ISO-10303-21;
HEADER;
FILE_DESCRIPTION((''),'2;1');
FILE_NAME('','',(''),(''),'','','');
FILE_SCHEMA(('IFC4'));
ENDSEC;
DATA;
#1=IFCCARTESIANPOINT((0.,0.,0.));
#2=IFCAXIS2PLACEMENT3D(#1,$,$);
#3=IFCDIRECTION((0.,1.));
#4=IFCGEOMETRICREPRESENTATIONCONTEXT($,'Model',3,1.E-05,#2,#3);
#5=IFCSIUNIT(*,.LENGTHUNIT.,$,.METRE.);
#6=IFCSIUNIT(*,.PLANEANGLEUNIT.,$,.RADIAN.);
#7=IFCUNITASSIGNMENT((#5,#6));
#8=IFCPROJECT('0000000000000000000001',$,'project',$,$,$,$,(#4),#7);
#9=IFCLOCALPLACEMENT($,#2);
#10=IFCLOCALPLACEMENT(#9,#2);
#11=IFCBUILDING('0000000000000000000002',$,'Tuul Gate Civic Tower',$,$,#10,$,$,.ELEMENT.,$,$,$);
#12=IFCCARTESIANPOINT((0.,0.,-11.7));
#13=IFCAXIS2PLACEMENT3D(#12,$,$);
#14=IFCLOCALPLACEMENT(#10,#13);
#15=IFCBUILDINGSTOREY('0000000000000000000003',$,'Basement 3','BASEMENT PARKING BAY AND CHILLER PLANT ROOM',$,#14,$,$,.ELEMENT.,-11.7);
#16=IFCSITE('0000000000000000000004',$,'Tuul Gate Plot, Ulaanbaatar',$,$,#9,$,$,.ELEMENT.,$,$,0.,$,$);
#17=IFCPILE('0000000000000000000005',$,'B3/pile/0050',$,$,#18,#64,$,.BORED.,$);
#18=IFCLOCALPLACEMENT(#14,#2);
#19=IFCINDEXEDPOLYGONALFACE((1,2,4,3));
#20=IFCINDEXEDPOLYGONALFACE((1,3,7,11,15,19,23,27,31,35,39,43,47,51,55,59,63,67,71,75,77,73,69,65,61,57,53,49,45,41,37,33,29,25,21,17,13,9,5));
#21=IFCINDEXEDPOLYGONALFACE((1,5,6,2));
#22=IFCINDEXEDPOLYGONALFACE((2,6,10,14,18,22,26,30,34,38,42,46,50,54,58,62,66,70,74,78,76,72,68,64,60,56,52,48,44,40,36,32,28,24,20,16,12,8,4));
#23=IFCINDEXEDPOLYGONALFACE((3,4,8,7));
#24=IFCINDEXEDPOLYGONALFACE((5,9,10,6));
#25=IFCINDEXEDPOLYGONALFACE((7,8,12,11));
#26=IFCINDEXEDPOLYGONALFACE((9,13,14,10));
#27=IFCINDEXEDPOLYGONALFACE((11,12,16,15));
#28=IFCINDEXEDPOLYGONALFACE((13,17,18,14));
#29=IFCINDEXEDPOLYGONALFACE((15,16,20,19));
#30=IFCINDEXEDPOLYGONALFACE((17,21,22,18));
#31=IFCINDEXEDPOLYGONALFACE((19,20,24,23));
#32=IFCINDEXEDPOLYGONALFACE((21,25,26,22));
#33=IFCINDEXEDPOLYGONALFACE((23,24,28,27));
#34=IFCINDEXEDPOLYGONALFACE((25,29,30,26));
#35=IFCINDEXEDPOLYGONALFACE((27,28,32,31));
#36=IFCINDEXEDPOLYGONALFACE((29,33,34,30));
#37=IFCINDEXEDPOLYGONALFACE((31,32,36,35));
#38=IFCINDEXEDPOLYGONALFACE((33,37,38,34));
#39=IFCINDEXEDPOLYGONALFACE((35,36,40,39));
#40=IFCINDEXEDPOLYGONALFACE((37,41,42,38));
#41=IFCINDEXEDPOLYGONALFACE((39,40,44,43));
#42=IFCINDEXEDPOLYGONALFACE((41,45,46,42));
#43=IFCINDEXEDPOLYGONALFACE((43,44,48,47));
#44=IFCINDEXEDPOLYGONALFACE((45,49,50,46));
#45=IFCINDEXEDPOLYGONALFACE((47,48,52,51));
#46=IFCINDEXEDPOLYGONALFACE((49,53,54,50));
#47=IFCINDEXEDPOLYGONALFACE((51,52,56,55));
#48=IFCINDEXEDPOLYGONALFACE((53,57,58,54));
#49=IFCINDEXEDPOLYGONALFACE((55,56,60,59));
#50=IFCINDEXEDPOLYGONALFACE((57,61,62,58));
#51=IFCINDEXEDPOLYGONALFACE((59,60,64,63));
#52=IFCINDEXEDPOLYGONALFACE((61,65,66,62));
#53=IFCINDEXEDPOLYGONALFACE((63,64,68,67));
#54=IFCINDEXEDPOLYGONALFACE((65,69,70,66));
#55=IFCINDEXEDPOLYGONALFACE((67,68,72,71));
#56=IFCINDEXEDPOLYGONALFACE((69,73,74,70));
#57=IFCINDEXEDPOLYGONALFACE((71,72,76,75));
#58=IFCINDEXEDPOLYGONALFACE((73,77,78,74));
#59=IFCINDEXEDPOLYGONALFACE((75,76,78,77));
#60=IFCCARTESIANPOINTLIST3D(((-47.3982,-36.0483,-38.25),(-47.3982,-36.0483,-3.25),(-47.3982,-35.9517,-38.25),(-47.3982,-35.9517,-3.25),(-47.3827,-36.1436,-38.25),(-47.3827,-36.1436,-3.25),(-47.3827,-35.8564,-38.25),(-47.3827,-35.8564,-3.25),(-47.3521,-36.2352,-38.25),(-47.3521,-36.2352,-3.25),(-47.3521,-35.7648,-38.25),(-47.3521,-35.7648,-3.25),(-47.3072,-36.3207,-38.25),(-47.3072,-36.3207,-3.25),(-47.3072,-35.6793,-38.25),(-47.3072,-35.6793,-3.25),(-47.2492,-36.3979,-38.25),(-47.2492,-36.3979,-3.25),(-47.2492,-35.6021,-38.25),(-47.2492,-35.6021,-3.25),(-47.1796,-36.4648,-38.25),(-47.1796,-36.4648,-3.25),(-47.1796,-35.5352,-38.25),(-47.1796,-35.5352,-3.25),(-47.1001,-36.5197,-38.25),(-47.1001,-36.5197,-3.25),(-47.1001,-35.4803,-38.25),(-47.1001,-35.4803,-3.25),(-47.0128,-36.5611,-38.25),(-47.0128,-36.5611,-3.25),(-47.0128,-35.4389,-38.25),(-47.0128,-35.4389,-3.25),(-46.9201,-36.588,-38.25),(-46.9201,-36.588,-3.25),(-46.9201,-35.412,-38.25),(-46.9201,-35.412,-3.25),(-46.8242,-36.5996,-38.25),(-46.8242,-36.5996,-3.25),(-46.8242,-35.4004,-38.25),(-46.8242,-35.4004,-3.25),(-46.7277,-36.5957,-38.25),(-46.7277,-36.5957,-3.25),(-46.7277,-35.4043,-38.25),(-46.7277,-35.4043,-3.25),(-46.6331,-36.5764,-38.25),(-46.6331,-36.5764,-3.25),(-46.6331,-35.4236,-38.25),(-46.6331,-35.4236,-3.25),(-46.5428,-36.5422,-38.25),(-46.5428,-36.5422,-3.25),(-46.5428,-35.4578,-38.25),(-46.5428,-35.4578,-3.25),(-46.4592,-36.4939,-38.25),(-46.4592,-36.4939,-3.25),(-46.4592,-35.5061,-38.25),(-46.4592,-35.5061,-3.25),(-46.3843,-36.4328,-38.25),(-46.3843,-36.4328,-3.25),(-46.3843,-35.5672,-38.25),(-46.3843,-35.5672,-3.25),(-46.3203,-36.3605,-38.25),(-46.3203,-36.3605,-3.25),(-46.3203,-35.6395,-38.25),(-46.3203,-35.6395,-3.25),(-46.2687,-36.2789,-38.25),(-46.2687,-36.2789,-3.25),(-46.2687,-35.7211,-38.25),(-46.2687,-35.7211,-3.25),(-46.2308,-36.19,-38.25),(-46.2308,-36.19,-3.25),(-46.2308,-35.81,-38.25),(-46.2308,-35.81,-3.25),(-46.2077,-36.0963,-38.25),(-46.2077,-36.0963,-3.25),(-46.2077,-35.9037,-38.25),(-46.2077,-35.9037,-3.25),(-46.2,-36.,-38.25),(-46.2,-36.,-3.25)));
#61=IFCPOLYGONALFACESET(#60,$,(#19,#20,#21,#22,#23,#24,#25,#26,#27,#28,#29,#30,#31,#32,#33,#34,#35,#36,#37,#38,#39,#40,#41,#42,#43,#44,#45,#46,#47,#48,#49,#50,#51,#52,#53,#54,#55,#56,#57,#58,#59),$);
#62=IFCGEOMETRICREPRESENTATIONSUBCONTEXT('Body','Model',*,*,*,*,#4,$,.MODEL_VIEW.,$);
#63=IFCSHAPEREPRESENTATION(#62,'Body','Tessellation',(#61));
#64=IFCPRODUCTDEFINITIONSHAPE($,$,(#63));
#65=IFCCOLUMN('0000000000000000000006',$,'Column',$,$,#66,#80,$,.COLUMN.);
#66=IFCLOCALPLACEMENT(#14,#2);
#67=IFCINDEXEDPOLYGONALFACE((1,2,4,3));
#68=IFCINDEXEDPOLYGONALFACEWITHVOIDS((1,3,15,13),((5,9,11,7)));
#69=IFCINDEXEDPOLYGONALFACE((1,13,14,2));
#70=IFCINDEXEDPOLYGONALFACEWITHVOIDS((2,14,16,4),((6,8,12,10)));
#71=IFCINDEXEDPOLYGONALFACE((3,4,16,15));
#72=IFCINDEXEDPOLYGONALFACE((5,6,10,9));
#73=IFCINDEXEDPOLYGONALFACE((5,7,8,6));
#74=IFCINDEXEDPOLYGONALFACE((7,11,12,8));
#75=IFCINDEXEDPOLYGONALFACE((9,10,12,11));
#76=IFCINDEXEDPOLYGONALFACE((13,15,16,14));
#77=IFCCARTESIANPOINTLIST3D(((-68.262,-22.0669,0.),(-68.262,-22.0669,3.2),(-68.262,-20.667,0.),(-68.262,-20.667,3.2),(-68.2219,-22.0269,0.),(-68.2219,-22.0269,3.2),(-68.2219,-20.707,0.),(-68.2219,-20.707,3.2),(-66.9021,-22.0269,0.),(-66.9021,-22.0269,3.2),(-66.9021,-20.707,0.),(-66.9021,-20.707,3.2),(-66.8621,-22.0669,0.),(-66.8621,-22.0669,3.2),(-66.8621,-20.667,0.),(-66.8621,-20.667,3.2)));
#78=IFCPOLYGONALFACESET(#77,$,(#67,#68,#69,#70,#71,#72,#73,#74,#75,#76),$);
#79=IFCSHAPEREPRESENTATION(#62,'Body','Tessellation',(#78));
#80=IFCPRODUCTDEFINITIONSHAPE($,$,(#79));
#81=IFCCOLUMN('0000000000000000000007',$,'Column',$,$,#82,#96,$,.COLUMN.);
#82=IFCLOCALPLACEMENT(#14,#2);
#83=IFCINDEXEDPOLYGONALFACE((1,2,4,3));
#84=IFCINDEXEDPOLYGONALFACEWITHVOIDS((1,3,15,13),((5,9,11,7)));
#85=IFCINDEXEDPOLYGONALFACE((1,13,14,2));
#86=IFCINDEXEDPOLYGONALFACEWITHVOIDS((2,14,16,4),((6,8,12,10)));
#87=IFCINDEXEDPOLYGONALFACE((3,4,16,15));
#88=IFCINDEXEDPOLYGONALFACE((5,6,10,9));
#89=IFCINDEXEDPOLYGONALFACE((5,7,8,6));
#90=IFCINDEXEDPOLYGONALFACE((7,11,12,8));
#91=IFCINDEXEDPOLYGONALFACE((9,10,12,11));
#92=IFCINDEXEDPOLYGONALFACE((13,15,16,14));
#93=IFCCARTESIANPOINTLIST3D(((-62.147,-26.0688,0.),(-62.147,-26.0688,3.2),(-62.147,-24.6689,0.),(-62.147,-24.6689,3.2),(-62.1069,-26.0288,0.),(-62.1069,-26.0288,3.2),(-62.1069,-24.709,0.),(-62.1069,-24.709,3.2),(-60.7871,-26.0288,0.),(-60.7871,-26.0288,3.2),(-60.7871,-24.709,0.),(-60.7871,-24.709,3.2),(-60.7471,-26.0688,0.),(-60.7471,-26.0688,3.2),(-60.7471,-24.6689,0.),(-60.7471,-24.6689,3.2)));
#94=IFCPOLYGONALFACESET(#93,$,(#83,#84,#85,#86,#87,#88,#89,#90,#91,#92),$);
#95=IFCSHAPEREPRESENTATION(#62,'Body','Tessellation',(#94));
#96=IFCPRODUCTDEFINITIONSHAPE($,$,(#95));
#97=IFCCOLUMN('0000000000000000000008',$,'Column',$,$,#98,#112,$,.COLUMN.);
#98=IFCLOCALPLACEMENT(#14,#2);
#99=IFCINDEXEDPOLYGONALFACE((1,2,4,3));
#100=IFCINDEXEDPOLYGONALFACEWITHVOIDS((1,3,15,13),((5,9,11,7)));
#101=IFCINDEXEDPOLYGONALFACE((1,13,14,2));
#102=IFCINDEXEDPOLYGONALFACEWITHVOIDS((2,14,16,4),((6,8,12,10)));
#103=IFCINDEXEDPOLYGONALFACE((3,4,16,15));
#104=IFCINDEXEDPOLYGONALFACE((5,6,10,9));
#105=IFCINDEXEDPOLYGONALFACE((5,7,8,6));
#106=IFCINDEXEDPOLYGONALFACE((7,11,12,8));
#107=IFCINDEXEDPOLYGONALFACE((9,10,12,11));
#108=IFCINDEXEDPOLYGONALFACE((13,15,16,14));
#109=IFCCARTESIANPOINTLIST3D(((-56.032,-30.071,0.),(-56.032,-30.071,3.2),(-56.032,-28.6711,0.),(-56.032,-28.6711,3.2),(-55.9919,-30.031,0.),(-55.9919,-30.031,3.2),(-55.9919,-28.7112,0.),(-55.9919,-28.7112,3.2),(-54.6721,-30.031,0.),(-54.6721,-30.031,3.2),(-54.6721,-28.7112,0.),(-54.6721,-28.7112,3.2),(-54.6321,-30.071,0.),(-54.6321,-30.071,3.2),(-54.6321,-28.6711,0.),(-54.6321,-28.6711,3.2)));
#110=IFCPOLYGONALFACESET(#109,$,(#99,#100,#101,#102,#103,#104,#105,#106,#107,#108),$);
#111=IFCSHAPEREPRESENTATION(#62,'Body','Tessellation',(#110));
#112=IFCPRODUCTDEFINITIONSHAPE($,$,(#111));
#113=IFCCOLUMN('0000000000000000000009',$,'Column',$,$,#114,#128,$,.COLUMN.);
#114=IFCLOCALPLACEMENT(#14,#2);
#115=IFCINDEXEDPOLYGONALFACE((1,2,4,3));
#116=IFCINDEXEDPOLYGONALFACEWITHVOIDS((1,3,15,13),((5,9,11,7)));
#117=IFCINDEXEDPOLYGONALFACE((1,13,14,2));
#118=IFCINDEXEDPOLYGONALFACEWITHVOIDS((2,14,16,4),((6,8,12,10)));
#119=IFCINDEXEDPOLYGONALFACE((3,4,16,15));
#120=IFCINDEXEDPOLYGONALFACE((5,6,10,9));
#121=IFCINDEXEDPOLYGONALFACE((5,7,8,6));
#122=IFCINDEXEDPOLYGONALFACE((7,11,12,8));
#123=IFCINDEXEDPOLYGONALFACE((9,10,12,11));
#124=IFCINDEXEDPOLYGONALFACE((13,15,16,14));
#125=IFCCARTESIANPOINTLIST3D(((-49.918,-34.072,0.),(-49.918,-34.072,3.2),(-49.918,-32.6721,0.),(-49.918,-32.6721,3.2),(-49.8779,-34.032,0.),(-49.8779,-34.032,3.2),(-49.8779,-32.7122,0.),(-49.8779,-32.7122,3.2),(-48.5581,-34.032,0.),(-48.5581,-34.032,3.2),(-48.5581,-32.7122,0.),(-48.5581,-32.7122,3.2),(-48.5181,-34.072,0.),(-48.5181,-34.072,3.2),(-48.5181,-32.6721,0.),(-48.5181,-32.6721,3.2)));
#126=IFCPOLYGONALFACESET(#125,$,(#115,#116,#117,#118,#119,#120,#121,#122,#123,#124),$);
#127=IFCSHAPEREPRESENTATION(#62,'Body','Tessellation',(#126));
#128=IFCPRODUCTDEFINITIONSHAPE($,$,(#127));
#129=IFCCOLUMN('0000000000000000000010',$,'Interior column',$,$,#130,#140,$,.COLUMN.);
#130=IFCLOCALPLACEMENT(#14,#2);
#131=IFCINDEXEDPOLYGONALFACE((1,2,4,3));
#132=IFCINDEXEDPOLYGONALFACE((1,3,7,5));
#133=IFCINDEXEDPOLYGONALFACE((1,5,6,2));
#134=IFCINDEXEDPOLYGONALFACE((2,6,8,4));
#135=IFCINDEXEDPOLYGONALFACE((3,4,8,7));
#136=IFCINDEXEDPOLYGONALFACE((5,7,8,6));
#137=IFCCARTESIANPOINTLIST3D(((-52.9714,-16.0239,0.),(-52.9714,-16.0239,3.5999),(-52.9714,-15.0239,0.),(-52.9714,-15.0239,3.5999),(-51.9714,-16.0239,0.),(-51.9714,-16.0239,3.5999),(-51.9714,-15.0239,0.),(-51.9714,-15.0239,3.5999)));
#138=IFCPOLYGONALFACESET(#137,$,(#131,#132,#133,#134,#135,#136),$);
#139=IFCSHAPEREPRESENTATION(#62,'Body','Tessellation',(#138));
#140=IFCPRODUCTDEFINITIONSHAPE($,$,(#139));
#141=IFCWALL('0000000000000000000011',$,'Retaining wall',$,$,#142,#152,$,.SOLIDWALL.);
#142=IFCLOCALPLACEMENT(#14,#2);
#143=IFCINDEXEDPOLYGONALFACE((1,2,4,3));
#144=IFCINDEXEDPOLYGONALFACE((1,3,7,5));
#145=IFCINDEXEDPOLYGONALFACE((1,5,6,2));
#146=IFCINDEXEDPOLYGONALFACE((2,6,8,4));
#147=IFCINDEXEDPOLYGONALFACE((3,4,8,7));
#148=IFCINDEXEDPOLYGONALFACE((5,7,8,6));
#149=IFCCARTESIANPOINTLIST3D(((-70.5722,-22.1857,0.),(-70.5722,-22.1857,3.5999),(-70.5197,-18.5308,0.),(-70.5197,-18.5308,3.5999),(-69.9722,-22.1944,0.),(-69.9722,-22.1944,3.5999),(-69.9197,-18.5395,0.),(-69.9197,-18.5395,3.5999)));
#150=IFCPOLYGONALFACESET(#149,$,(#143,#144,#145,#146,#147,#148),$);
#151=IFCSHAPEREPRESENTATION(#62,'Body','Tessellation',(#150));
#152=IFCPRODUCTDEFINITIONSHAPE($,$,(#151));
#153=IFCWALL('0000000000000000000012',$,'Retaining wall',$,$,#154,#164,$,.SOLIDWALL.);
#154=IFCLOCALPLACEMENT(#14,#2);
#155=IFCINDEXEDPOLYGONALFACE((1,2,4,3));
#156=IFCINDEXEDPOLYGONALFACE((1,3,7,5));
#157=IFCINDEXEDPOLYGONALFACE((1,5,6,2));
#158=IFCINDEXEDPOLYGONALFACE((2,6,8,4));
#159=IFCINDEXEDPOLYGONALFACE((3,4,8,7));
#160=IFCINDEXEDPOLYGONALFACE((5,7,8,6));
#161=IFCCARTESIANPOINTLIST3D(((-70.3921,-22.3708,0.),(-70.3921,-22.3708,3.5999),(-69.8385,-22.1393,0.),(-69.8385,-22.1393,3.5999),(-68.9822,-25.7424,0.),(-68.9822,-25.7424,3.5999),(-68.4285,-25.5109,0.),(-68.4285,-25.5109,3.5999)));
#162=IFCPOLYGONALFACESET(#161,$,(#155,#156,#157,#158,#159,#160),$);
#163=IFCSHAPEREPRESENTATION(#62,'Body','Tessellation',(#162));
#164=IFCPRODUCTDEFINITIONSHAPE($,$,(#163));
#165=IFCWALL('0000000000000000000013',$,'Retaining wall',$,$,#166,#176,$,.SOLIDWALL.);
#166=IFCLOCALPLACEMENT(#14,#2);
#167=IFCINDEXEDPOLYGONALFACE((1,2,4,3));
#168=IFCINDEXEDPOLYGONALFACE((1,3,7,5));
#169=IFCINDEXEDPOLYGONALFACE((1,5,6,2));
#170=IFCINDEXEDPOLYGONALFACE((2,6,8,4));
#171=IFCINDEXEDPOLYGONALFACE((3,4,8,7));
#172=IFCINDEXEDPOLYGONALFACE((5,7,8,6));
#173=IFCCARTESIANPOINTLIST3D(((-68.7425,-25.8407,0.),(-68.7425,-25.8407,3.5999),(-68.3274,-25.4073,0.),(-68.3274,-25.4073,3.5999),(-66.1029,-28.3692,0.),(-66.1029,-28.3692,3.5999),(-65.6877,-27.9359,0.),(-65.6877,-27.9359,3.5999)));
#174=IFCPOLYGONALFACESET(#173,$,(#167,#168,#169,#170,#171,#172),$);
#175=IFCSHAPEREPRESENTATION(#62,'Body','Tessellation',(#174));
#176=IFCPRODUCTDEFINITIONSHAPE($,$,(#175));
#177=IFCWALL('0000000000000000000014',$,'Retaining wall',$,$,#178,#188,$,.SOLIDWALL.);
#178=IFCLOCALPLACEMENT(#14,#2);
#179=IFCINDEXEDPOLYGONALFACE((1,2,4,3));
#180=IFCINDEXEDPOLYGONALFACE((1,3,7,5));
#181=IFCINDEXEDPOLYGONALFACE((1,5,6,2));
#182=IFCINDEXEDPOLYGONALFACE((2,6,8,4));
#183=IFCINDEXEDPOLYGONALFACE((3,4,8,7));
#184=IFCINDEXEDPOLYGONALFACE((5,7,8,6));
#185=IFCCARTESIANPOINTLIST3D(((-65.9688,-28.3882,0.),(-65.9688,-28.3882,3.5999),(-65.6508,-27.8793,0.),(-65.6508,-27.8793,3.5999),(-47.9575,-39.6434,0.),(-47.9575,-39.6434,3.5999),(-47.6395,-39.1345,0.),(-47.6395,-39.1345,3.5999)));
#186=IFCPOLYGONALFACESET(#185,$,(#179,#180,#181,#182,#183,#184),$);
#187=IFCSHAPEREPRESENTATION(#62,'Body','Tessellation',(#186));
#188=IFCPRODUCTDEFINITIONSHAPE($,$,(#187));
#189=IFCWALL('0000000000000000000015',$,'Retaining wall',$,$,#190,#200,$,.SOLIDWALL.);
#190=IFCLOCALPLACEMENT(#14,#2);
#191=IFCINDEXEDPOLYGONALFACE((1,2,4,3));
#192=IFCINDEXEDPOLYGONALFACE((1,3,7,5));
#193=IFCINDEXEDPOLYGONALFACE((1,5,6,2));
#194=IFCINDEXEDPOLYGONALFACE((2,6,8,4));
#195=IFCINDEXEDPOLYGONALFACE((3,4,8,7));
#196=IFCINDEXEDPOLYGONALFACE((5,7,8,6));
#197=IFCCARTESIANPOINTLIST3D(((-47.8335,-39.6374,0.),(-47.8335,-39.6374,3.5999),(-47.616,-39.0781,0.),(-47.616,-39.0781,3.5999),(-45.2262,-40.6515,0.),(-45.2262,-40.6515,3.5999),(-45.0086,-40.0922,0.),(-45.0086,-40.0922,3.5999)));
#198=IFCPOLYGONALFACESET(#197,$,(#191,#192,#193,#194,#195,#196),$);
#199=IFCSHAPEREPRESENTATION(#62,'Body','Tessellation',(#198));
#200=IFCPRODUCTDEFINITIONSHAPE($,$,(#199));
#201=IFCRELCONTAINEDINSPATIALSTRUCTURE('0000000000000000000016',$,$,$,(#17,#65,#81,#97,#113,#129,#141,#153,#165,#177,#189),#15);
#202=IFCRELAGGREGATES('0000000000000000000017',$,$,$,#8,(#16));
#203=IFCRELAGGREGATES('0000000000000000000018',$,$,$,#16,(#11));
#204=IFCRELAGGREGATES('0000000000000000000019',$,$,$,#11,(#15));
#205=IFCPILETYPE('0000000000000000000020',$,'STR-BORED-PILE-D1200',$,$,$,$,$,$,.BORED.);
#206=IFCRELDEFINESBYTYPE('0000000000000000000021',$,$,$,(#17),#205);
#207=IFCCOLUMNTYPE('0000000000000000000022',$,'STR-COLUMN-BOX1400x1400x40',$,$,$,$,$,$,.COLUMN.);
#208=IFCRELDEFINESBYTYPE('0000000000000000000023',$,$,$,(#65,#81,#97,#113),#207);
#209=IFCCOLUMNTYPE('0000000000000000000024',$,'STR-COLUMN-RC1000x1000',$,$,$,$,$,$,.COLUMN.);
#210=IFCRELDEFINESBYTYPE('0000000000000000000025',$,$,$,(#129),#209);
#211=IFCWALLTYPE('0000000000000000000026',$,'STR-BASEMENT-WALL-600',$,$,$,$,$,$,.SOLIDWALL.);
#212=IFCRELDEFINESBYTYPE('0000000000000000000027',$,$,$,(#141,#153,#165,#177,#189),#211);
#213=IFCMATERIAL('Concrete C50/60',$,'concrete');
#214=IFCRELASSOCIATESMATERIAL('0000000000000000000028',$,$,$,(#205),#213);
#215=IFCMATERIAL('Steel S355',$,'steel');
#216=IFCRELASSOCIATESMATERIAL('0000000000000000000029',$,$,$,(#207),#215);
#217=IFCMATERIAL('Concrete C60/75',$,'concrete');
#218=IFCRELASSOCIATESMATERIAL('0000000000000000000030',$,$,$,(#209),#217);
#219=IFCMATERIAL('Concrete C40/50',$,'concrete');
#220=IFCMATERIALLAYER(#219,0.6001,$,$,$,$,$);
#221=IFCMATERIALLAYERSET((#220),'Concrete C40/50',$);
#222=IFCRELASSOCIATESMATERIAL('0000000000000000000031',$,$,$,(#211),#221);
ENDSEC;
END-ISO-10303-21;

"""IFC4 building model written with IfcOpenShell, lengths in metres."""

from ifc_helpers import new_model, si_unit, direction, frame, frame_2d, origin, origin_2d, place, context, subcontext, project, spatial, rectangle, hollow_rectangle, circle, extrude, material, layer, layer_set, material_profile, profile_set, type_object, element, save


model = new_model("IFC4")

# Units and contexts
model_context = context("Model", 3, precision=1e-05, world=origin(), true_north=direction((0.0, 1.0)))
body_context = subcontext(model_context, "Body", "Model", "MODEL_VIEW")
ifc_project = project(units=[si_unit("LENGTHUNIT", "METRE"), si_unit("PLANEANGLEUNIT", "RADIAN")], contexts=[model_context])

# Site, building, storey
site_placement = place(None, origin())
site = spatial("IfcSite", under=ifc_project, at=site_placement, Name="Tuul Gate Plot, Ulaanbaatar", CompositionType="ELEMENT", RefElevation=0.0)
building_placement = place(site_placement, origin())
building = spatial("IfcBuilding", under=site, at=building_placement, Name="Tuul Gate Civic Tower", CompositionType="ELEMENT")
storey_placement = place(building_placement, frame((0.0, 0.0, -11.7)))
storey = spatial("IfcBuildingStorey", under=building, at=storey_placement, Name="Basement 3", Description="BASEMENT PARKING BAY AND CHILLER PLANT ROOM", CompositionType="ELEMENT", Elevation=-11.7)

# Pile
ifc_material_1 = material(Name="Concrete C50/60", Category="concrete")
ifc_material_profile_1 = material_profile(ifc_material_1, circle(Radius=0.6001, at=origin_2d()), Name="PILE1200")
ifc_profile_set_1 = profile_set([ifc_material_profile_1], Name="Concrete C50/60")
pile_type = type_object("IfcPileType", Name="STR-BORED-PILE-D1200", PredefinedType="BORED", material=ifc_profile_set_1)
for number, where, z_axis, x_axis, name in (
    (1, (-46.8, -36.0, -3.25), (0.0, 0.0, -1.0), (1.0, 0.0, 0.0), "B3/pile/0050"),
):
    element("IfcPile", number, at=place(storey_placement, frame(where, z_axis=z_axis, x_axis=x_axis)), inside=storey, type_object=pile_type, Name=name, PredefinedType="BORED", context=body_context, shape_type="SweptSolid", body=[
        extrude(circle(Radius=0.6001, at=origin_2d()), origin(), (0.0, 0.0, 1.0), 35.0),
    ])

# Columns
ifc_material_2 = material(Name="Steel S355", Category="steel")
ifc_material_profile_2 = material_profile(ifc_material_2, hollow_rectangle(XDim=1.3999, YDim=1.3999, WallThickness=0.04, at=origin_2d()), Name="BOX1400x1400x40")
ifc_profile_set_2 = profile_set([ifc_material_profile_2], Name="Steel S355")
column_type_1 = type_object("IfcColumnType", Name="STR-COLUMN-BOX1400x1400x40", PredefinedType="COLUMN", material=ifc_profile_set_2)
for number, where, z_axis, x_axis, name in (
    (2, (-67.562, -21.3669, 0.0), (0.0, 0.0, 1.0), (1.0, 0.0, 0.0), "Column"),
    (3, (-61.447, -25.3689, 0.0), (0.0, 0.0, 1.0), (1.0, 0.0, 0.0), "Column"),
    (4, (-55.332, -29.3711, 0.0), (0.0, 0.0, 1.0), (1.0, 0.0, 0.0), "Column"),
    (5, (-49.218, -33.3721, 0.0), (0.0, 0.0, 1.0), (1.0, 0.0, 0.0), "Column"),
):
    element("IfcColumn", number, at=place(storey_placement, frame(where, z_axis=z_axis, x_axis=x_axis)), inside=storey, type_object=column_type_1, Name=name, PredefinedType="COLUMN", context=body_context, shape_type="SweptSolid", body=[
        extrude(hollow_rectangle(XDim=1.3999, YDim=1.3999, WallThickness=0.04, at=origin_2d()), origin(), (0.0, 0.0, 1.0), 3.2),
    ])
ifc_material_3 = material(Name="Concrete C60/75", Category="concrete")
ifc_material_profile_3 = material_profile(ifc_material_3, rectangle(XDim=1.0, YDim=1.0, at=origin_2d()), Name="RC1000x1000")
ifc_profile_set_3 = profile_set([ifc_material_profile_3], Name="Concrete C60/75")
column_type_2 = type_object("IfcColumnType", Name="STR-COLUMN-RC1000x1000", PredefinedType="COLUMN", material=ifc_profile_set_3)
column_placement = place(storey_placement, frame((-52.4714, -15.5239, 0.0), z_axis=(0.0, 0.0, 1.0), x_axis=(1.0, 0.0, 0.0)))
element("IfcColumn", 6, at=column_placement, inside=storey, type_object=column_type_2, Name="Interior column", PredefinedType="COLUMN", context=body_context, shape_type="SweptSolid", body=[
    extrude(rectangle(XDim=1.0, YDim=1.0, at=origin_2d()), origin(), (0.0, 0.0, 1.0), 3.5999),
])

# Walls
ifc_material_4 = material(Name="Concrete C40/50", Category="concrete")
ifc_layer = layer(ifc_material_4, 0.6001)
ifc_layer_set = layer_set([ifc_layer], Name="Concrete C40/50")
wall_type = type_object("IfcWallType", Name="STR-BASEMENT-WALL-600", PredefinedType="SOLIDWALL", material=ifc_layer_set)
wall_1_placement = place(storey_placement, frame((-70.2197, -18.5352, 0.0), z_axis=(0.0, 0.0, 1.0), x_axis=(-0.014361, -0.999897, 0.0)))
element("IfcWall", 7, at=wall_1_placement, inside=storey, type_object=wall_type, Name="Retaining wall", PredefinedType="SOLIDWALL", context=body_context, shape_type="SweptSolid", body=[
    extrude(rectangle(XDim=3.6553, YDim=0.6001, at=frame_2d((1.8276, 0.0))), origin(), (0.0, 0.0, 1.0), 3.5999),
])
wall_2_placement = place(storey_placement, frame((-70.1152, -22.2551, 0.0), z_axis=(0.0, 0.0, 1.0), x_axis=(0.385801, -0.922582, 0.0)))
element("IfcWall", 8, at=wall_2_placement, inside=storey, type_object=wall_type, Name="Retaining wall", PredefinedType="SOLIDWALL", context=body_context, shape_type="SweptSolid", body=[
    extrude(rectangle(XDim=3.6545, YDim=0.6001, at=frame_2d((1.8271, 0.0))), origin(), (0.0, 0.0, 1.0), 3.5999),
])
wall_3_placement = place(storey_placement, frame((-68.5349, -25.624, 0.0), z_axis=(0.0, 0.0, 1.0), x_axis=(0.722138, -0.691749, 0.0)))
element("IfcWall", 9, at=wall_3_placement, inside=storey, type_object=wall_type, Name="Retaining wall", PredefinedType="SOLIDWALL", context=body_context, shape_type="SweptSolid", body=[
    extrude(rectangle(XDim=3.6553, YDim=0.6001, at=frame_2d((1.8276, 0.0))), origin(), (0.0, 0.0, 1.0), 3.5999),
])
wall_4_placement = place(storey_placement, frame((-65.8098, -28.1338, 0.0), z_axis=(0.0, 0.0, 1.0), x_axis=(0.848038, -0.529935, 0.0)))
element("IfcWall", 10, at=wall_4_placement, inside=storey, type_object=wall_type, Name="Retaining wall", PredefinedType="SOLIDWALL", context=body_context, shape_type="SweptSolid", body=[
    extrude(rectangle(XDim=21.2388, YDim=0.6001, at=frame_2d((10.6194, 0.0))), origin(), (0.0, 0.0, 1.0), 3.5999),
])
wall_5_placement = place(storey_placement, frame((-47.7249, -39.3577, 0.0), z_axis=(0.0, 0.0, 1.0), x_axis=(0.931985, -0.362497, 0.0)))
element("IfcWall", 11, at=wall_5_placement, inside=storey, type_object=wall_type, Name="Retaining wall", PredefinedType="SOLIDWALL", context=body_context, shape_type="SweptSolid", body=[
    extrude(rectangle(XDim=2.7976, YDim=0.6001, at=frame_2d((1.3989, 0.0))), origin(), (0.0, 0.0, 1.0), 3.5999),
])

save(model, "model.ifc")
